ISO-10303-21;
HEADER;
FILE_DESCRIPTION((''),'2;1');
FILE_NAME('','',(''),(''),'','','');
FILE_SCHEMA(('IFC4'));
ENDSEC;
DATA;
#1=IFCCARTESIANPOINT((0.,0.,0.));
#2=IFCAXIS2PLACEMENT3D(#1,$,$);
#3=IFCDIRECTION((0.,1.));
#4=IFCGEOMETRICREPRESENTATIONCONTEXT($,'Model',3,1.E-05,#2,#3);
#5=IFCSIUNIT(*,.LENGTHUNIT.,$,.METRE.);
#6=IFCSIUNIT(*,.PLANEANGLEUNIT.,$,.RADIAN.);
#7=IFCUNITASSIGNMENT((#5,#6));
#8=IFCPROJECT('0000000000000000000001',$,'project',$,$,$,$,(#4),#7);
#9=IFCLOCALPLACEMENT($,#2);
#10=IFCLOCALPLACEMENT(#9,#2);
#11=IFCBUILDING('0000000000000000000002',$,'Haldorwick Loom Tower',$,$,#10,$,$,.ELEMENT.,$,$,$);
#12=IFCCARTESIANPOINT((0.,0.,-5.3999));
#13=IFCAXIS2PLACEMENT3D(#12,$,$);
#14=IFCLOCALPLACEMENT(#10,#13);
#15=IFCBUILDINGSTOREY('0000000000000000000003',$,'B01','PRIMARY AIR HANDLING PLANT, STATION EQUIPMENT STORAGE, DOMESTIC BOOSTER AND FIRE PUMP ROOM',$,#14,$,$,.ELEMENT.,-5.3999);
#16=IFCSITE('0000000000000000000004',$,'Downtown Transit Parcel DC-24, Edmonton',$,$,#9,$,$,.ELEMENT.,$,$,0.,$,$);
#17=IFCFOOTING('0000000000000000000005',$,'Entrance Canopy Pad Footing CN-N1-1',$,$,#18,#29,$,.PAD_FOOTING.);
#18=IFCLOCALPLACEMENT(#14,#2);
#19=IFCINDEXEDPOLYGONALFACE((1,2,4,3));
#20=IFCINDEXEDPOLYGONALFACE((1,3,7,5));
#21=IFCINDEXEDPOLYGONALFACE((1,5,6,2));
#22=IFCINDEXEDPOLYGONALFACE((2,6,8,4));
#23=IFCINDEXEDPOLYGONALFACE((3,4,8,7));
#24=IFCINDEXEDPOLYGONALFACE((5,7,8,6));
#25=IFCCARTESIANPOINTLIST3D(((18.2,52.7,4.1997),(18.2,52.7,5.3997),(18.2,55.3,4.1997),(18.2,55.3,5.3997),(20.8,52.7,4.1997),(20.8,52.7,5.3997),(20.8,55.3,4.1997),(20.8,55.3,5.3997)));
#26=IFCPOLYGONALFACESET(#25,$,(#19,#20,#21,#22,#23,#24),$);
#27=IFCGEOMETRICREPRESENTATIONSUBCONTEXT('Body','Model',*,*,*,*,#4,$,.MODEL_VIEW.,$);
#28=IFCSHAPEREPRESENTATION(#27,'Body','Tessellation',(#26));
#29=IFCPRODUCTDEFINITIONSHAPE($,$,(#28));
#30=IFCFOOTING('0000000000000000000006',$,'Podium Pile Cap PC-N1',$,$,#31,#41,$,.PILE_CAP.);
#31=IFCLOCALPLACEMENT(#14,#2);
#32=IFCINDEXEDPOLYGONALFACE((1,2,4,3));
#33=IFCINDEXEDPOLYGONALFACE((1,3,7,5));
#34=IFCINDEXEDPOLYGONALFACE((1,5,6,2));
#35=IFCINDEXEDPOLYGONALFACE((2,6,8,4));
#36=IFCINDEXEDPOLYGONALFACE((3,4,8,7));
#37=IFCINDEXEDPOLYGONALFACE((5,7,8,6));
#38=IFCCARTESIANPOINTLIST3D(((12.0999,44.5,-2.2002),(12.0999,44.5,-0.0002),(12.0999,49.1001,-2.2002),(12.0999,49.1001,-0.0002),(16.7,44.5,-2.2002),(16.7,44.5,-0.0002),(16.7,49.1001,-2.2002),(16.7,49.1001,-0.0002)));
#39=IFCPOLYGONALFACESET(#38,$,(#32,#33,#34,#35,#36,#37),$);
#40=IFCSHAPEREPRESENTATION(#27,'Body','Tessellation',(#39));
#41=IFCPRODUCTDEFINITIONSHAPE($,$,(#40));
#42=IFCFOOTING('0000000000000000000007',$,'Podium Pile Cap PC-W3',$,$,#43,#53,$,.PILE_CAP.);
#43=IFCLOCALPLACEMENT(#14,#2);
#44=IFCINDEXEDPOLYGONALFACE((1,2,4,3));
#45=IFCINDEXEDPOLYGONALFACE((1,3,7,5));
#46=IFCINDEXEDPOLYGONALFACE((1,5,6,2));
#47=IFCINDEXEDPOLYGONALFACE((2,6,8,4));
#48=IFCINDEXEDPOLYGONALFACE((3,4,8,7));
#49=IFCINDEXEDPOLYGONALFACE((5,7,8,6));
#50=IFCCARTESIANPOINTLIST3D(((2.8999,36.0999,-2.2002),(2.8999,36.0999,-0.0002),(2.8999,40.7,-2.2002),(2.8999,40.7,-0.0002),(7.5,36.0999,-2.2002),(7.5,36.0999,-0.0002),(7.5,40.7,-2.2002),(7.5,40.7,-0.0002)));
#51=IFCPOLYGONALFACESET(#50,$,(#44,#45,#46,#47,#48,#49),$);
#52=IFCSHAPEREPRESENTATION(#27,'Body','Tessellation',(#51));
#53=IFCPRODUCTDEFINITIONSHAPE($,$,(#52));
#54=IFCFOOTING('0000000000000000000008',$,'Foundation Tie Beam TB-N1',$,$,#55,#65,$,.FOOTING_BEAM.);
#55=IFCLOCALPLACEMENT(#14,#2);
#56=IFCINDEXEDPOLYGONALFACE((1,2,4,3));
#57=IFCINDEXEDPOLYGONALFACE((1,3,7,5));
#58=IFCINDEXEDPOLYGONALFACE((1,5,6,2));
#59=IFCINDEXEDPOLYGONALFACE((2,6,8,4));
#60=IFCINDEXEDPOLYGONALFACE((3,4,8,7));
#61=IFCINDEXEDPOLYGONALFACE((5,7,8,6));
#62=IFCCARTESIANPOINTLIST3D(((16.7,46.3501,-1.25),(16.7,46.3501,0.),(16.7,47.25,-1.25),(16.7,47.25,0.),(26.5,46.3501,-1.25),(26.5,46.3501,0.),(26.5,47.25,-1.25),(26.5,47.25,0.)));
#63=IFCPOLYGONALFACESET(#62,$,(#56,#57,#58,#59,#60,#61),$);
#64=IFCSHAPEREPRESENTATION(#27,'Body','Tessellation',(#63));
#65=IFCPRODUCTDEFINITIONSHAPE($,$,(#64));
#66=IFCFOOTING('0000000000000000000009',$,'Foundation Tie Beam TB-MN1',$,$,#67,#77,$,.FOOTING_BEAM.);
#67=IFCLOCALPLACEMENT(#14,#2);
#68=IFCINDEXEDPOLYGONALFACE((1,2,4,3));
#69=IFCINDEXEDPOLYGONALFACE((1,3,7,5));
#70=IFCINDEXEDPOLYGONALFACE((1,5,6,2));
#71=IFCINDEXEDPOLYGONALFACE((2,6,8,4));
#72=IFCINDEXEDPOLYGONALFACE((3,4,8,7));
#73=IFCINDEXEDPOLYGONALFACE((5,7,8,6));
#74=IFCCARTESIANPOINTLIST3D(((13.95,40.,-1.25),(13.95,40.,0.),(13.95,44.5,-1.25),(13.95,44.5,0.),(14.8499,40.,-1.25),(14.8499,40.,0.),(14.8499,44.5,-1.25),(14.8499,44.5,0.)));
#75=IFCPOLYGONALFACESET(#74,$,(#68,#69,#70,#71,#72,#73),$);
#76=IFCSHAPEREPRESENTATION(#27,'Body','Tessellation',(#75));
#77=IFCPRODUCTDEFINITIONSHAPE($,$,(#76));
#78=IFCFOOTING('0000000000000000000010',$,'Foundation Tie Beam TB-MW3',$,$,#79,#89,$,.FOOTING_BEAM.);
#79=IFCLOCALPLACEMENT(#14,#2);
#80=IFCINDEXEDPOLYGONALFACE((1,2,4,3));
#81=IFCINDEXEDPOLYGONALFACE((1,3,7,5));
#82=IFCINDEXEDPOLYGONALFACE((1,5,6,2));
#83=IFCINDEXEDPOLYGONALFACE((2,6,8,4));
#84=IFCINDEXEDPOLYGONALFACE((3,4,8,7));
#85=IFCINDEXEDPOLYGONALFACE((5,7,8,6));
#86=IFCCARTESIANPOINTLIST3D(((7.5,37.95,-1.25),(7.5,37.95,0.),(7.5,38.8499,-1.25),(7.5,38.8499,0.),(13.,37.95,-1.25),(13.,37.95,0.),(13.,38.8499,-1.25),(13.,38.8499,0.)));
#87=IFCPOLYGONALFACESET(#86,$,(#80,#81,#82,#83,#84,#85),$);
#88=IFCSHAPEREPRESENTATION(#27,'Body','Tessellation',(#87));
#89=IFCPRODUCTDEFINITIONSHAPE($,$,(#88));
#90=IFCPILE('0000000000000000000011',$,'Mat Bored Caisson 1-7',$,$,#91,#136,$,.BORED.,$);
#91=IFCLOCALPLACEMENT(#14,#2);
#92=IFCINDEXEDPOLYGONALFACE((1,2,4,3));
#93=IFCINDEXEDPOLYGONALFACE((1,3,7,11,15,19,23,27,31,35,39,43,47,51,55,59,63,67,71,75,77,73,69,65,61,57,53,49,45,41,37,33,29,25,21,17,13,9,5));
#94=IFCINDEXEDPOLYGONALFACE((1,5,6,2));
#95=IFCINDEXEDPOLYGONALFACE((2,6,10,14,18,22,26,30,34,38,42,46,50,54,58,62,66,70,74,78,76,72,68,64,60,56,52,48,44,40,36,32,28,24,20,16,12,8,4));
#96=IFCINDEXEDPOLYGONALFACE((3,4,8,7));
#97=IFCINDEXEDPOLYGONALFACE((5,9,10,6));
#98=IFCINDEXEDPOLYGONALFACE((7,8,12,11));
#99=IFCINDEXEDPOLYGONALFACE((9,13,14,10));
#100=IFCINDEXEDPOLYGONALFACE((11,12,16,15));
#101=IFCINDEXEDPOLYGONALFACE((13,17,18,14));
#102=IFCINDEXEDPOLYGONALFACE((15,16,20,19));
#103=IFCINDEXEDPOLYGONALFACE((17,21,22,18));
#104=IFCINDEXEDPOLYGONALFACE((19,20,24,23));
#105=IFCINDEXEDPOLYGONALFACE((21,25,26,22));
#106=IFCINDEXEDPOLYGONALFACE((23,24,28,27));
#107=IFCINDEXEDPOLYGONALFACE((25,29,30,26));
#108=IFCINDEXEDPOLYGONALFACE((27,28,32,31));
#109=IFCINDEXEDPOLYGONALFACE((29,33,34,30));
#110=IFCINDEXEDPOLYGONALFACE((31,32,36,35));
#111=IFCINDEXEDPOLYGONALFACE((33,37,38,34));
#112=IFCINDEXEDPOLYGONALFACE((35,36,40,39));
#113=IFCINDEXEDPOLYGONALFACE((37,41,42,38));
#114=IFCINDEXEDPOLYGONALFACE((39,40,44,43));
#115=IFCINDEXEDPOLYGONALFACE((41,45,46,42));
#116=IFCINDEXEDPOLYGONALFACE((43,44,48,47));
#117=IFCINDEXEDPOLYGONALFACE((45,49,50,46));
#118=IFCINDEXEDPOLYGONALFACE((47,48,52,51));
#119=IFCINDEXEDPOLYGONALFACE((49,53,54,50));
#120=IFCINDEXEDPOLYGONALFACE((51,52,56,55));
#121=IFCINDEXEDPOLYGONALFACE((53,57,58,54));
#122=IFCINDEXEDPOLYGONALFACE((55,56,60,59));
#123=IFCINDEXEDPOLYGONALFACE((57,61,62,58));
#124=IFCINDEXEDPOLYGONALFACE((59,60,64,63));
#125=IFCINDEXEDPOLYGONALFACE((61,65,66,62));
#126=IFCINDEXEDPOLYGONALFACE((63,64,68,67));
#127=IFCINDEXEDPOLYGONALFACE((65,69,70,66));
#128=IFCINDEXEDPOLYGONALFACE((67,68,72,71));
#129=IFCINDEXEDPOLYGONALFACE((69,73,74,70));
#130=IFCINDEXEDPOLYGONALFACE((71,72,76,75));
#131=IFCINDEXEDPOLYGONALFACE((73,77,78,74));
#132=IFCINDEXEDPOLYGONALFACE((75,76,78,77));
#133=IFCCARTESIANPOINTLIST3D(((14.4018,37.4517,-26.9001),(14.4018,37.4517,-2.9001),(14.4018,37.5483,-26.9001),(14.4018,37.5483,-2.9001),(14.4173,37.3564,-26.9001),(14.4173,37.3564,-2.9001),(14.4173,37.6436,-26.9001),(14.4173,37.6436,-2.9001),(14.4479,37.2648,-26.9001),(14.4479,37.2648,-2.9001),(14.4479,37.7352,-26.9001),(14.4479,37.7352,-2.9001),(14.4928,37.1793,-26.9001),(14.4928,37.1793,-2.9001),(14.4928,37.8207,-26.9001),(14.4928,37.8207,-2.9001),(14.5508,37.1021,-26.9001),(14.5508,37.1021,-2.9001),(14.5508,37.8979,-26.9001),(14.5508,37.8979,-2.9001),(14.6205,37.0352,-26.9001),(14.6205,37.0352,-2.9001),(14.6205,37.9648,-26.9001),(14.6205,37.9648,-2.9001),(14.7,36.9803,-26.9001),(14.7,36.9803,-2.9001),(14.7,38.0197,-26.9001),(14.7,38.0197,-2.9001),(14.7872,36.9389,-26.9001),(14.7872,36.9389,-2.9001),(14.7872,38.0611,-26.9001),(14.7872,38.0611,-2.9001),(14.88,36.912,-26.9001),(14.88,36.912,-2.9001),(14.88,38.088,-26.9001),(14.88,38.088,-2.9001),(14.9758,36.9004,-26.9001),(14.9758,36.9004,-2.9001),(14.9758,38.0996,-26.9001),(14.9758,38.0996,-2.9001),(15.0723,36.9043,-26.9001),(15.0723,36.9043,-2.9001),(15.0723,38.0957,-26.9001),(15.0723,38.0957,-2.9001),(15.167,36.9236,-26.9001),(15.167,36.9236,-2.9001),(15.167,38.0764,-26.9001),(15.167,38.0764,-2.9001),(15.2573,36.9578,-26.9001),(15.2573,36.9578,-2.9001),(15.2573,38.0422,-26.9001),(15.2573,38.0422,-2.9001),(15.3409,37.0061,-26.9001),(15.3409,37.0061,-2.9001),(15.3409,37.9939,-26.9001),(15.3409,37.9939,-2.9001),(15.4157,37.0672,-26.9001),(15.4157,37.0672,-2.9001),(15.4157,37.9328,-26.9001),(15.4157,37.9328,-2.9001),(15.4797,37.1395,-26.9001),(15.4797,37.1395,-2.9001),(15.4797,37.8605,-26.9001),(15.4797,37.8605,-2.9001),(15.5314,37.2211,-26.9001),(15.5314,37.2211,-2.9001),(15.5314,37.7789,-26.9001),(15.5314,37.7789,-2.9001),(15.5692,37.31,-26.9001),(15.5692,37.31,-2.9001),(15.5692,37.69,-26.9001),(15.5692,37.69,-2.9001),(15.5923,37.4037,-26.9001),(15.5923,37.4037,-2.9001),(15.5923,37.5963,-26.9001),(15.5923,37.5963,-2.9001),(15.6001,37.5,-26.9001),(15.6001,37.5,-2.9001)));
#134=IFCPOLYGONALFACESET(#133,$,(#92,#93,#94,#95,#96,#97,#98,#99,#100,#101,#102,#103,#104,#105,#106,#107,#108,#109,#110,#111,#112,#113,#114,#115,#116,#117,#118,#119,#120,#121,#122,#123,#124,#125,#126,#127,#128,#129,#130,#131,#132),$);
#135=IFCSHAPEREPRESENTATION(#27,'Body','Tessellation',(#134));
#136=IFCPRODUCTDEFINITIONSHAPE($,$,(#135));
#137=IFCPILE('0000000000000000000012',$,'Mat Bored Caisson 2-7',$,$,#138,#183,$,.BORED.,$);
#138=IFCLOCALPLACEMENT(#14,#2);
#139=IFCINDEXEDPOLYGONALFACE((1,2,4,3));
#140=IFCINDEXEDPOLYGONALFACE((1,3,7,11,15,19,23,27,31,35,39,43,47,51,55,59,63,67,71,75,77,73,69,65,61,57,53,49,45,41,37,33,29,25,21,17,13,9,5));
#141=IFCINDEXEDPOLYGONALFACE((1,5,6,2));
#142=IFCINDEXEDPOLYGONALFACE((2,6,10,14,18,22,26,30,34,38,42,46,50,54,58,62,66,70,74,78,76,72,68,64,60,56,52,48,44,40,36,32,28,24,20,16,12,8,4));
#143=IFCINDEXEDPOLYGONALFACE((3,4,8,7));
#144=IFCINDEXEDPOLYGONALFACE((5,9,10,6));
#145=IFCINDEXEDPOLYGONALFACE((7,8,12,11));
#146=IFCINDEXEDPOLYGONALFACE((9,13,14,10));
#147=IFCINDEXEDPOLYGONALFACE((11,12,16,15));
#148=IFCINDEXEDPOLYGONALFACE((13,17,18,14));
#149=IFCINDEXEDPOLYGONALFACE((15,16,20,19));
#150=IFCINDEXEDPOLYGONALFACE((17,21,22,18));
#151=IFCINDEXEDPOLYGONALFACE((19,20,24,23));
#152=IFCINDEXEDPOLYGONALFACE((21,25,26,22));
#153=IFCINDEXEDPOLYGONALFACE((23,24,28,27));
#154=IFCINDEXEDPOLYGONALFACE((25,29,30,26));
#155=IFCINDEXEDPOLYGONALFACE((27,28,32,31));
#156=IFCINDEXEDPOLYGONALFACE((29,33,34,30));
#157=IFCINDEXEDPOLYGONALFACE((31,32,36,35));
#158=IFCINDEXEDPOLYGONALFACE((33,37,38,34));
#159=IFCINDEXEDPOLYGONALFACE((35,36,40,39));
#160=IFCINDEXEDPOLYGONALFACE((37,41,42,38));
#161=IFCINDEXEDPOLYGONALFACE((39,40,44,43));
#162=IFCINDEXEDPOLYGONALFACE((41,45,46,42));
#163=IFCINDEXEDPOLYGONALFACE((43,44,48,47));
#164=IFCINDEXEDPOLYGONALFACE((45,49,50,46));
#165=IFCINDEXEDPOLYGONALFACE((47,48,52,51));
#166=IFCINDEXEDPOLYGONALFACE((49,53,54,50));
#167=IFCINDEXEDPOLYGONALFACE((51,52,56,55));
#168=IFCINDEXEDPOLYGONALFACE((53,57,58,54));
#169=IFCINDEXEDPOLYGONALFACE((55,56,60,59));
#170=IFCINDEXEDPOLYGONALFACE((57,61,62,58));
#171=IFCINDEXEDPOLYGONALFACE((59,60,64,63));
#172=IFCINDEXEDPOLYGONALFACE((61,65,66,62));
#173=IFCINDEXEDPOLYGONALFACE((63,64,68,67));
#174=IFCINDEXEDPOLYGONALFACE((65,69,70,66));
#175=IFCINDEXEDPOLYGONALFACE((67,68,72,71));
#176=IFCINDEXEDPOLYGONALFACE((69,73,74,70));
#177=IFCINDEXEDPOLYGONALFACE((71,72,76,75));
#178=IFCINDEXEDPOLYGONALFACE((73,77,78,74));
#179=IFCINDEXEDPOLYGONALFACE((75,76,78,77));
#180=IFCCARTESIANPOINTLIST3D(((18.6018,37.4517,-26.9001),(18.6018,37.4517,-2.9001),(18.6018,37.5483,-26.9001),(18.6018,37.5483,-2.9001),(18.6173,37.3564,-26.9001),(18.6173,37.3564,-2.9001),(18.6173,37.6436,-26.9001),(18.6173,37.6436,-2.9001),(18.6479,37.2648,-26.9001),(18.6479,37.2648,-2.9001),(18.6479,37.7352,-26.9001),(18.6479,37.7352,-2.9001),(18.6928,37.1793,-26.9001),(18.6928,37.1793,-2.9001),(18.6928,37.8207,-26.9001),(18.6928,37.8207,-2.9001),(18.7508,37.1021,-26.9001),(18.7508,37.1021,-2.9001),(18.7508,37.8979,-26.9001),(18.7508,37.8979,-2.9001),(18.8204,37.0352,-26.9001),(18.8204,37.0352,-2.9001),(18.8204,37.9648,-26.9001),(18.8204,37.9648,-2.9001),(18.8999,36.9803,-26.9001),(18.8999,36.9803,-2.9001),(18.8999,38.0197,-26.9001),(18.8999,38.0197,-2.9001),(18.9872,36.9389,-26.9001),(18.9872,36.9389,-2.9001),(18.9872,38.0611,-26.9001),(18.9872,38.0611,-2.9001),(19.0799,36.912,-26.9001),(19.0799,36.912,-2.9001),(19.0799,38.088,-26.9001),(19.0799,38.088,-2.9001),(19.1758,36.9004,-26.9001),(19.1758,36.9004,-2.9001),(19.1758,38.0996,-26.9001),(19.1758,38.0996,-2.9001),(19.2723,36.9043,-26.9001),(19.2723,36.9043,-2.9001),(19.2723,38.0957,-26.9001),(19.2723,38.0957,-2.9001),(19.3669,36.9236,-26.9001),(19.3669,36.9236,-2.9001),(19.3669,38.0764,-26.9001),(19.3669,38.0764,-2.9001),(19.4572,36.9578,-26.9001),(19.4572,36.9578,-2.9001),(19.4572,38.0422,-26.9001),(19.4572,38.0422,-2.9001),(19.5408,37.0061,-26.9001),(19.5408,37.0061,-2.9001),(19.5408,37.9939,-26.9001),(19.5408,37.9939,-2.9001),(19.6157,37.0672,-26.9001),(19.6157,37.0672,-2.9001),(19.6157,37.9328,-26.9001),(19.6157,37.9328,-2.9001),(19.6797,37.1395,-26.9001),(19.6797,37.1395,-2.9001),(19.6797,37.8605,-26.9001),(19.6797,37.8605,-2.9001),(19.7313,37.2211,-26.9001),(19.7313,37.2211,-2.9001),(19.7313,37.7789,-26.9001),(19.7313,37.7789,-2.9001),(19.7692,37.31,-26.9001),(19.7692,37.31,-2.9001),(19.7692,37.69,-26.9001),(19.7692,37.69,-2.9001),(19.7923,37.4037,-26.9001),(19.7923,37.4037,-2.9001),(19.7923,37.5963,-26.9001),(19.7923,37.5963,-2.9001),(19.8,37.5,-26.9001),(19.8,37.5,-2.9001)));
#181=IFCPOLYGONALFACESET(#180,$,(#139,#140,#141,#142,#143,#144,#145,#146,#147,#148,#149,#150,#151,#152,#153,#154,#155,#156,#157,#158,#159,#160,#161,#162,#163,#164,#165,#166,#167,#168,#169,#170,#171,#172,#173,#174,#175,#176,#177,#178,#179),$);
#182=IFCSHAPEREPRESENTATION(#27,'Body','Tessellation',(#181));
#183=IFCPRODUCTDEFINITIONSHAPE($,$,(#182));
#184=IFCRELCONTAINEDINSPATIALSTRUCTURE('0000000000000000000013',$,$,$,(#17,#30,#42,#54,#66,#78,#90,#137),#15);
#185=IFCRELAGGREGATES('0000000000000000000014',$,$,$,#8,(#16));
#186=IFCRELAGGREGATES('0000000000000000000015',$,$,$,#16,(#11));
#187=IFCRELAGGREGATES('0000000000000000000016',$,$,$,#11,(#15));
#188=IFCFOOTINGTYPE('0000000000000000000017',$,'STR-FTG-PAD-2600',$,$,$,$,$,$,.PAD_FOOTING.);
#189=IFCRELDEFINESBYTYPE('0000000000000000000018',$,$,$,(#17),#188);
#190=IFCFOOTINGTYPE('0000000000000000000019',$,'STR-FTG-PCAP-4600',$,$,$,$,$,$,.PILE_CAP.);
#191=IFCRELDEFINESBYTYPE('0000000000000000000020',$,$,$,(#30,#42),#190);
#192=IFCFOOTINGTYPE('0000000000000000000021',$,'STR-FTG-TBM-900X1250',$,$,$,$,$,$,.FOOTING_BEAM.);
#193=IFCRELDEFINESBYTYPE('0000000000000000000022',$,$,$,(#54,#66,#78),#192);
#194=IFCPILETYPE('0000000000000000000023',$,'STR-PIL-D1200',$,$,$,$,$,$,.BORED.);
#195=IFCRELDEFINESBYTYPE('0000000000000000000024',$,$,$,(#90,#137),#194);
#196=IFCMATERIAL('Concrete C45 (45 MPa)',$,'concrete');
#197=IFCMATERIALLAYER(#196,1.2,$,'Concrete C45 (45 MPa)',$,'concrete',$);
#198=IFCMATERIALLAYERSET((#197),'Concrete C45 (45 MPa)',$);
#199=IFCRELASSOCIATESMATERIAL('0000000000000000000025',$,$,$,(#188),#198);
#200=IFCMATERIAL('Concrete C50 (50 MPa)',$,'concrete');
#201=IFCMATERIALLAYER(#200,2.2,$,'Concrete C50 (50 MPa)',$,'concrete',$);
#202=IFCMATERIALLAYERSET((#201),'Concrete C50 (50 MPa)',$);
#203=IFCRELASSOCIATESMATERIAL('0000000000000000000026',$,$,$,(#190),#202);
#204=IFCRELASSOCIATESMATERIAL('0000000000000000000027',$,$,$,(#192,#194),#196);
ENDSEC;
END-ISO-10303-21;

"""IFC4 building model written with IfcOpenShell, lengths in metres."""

from ifc_helpers import new_model, si_unit, direction, frame, origin, origin_2d, place, context, subcontext, project, spatial, rectangle, circle, extrude, material, layer, layer_set, material_profile, profile_set, type_object, element, save


model = new_model("IFC4")

# Units and contexts
model_context = context("Model", 3, precision=1e-05, world=origin(), true_north=direction((0.0, 1.0)))
body_context = subcontext(model_context, "Body", "Model", "MODEL_VIEW")
ifc_project = project(units=[si_unit("LENGTHUNIT", "METRE"), si_unit("PLANEANGLEUNIT", "RADIAN")], contexts=[model_context])

# Site, building, storey
site_placement = place(None, origin())
site = spatial("IfcSite", under=ifc_project, at=site_placement, Name="Downtown Transit Parcel DC-24, Edmonton", CompositionType="ELEMENT", RefElevation=0.0)
building_placement = place(site_placement, origin())
building = spatial("IfcBuilding", under=site, at=building_placement, Name="Haldorwick Loom Tower", CompositionType="ELEMENT")
storey_placement = place(building_placement, frame((0.0, 0.0, -5.3999)))
storey = spatial("IfcBuildingStorey", under=building, at=storey_placement, Name="B01", Description="PRIMARY AIR HANDLING PLANT, STATION EQUIPMENT STORAGE, DOMESTIC BOOSTER AND FIRE PUMP ROOM", CompositionType="ELEMENT", Elevation=-5.3999)

# Footings
ifc_material_1 = material(Name="Concrete C45 (45 MPa)", Category="concrete")
ifc_layer_1 = layer(ifc_material_1, 1.2, Name="Concrete C45 (45 MPa)", Category="concrete")
ifc_layer_set_1 = layer_set([ifc_layer_1], Name="Concrete C45 (45 MPa)")
footing_type_1 = type_object("IfcFootingType", Name="STR-FTG-PAD-2600", PredefinedType="PAD_FOOTING", material=ifc_layer_set_1)
footing_1_placement = place(storey_placement, frame((19.5, 54.0, 4.1997), z_axis=(0.0, 0.0, 1.0), x_axis=(1.0, 0.0, 0.0)))
element("IfcFooting", 1, at=footing_1_placement, inside=storey, type_object=footing_type_1, Name="Entrance Canopy Pad Footing CN-N1-1", PredefinedType="PAD_FOOTING", context=body_context, shape_type="SweptSolid", body=[
    extrude(rectangle(XDim=2.6001, YDim=2.6001, at=origin_2d()), origin(), (0.0, 0.0, 1.0), 1.2),
])
ifc_material_2 = material(Name="Concrete C50 (50 MPa)", Category="concrete")
ifc_layer_2 = layer(ifc_material_2, 2.2, Name="Concrete C50 (50 MPa)", Category="concrete")
ifc_layer_set_2 = layer_set([ifc_layer_2], Name="Concrete C50 (50 MPa)")
footing_type_2 = type_object("IfcFootingType", Name="STR-FTG-PCAP-4600", PredefinedType="PILE_CAP", material=ifc_layer_set_2)
for number, where, z_axis, x_axis, name in (
    (2, (14.3999, 46.8, -2.2002), (0.0, 0.0, 1.0), (1.0, 0.0, 0.0), "Podium Pile Cap PC-N1"),
    (3, (5.2, 38.3999, -2.2002), (0.0, 0.0, 1.0), (1.0, 0.0, 0.0), "Podium Pile Cap PC-W3"),
):
    element("IfcFooting", number, at=place(storey_placement, frame(where, z_axis=z_axis, x_axis=x_axis)), inside=storey, type_object=footing_type_2, Name=name, PredefinedType="PILE_CAP", context=body_context, shape_type="SweptSolid", body=[
        extrude(rectangle(XDim=4.6001, YDim=4.6001, at=origin_2d()), origin(), (0.0, 0.0, 1.0), 2.2),
    ])
ifc_material_profile_1 = material_profile(ifc_material_1, rectangle(XDim=0.8999, YDim=1.25, at=origin_2d()), Name="RC900X1250", Category="concrete")
ifc_profile_set_1 = profile_set([ifc_material_profile_1], Name="Concrete C45 (45 MPa)")
footing_type_3 = type_object("IfcFootingType", Name="STR-FTG-TBM-900X1250", PredefinedType="FOOTING_BEAM", material=ifc_profile_set_1)
footing_2_placement = place(storey_placement, frame((16.7, 46.8, -0.625), z_axis=(1.0, 0.0, 0.0), x_axis=(0.0, 1.0, 0.0)))
element("IfcFooting", 4, at=footing_2_placement, inside=storey, type_object=footing_type_3, Name="Foundation Tie Beam TB-N1", PredefinedType="FOOTING_BEAM", context=body_context, shape_type="SweptSolid", body=[
    extrude(rectangle(XDim=0.8999, YDim=1.25, at=origin_2d()), origin(), (0.0, 0.0, 1.0), 9.8),
])
footing_3_placement = place(storey_placement, frame((14.3999, 40.0, -0.625), z_axis=(0.0, 1.0, 0.0), x_axis=(-1.0, 0.0, 0.0)))
element("IfcFooting", 5, at=footing_3_placement, inside=storey, type_object=footing_type_3, Name="Foundation Tie Beam TB-MN1", PredefinedType="FOOTING_BEAM", context=body_context, shape_type="SweptSolid", body=[
    extrude(rectangle(XDim=0.8999, YDim=1.25, at=origin_2d()), origin(), (0.0, 0.0, 1.0), 4.5),
])
footing_4_placement = place(storey_placement, frame((7.5, 38.3999, -0.625), z_axis=(1.0, 0.0, 0.0), x_axis=(0.0, 1.0, 0.0)))
element("IfcFooting", 6, at=footing_4_placement, inside=storey, type_object=footing_type_3, Name="Foundation Tie Beam TB-MW3", PredefinedType="FOOTING_BEAM", context=body_context, shape_type="SweptSolid", body=[
    extrude(rectangle(XDim=0.8999, YDim=1.25, at=origin_2d()), origin(), (0.0, 0.0, 1.0), 5.5),
])

# Piles
ifc_material_profile_2 = material_profile(ifc_material_1, circle(Radius=0.6001, at=origin_2d()), Name="CAISSON_D1200", Category="concrete")
ifc_profile_set_2 = profile_set([ifc_material_profile_2], Name="Concrete C45 (45 MPa)")
pile_type = type_object("IfcPileType", Name="STR-PIL-D1200", PredefinedType="BORED", material=ifc_profile_set_2)
for number, where, z_axis, x_axis, name in (
    (7, (15.0, 37.5, -2.9001), (0.0, 0.0, -1.0), (1.0, 0.0, 0.0), "Mat Bored Caisson 1-7"),
    (8, (19.2, 37.5, -2.9001), (0.0, 0.0, -1.0), (1.0, 0.0, 0.0), "Mat Bored Caisson 2-7"),
):
    element("IfcPile", number, at=place(storey_placement, frame(where, z_axis=z_axis, x_axis=x_axis)), inside=storey, type_object=pile_type, Name=name, PredefinedType="BORED", context=body_context, shape_type="SweptSolid", body=[
        extrude(circle(Radius=0.6001, at=origin_2d()), origin(), (0.0, 0.0, 1.0), 24.0),
    ])

save(model, "model.ifc")
